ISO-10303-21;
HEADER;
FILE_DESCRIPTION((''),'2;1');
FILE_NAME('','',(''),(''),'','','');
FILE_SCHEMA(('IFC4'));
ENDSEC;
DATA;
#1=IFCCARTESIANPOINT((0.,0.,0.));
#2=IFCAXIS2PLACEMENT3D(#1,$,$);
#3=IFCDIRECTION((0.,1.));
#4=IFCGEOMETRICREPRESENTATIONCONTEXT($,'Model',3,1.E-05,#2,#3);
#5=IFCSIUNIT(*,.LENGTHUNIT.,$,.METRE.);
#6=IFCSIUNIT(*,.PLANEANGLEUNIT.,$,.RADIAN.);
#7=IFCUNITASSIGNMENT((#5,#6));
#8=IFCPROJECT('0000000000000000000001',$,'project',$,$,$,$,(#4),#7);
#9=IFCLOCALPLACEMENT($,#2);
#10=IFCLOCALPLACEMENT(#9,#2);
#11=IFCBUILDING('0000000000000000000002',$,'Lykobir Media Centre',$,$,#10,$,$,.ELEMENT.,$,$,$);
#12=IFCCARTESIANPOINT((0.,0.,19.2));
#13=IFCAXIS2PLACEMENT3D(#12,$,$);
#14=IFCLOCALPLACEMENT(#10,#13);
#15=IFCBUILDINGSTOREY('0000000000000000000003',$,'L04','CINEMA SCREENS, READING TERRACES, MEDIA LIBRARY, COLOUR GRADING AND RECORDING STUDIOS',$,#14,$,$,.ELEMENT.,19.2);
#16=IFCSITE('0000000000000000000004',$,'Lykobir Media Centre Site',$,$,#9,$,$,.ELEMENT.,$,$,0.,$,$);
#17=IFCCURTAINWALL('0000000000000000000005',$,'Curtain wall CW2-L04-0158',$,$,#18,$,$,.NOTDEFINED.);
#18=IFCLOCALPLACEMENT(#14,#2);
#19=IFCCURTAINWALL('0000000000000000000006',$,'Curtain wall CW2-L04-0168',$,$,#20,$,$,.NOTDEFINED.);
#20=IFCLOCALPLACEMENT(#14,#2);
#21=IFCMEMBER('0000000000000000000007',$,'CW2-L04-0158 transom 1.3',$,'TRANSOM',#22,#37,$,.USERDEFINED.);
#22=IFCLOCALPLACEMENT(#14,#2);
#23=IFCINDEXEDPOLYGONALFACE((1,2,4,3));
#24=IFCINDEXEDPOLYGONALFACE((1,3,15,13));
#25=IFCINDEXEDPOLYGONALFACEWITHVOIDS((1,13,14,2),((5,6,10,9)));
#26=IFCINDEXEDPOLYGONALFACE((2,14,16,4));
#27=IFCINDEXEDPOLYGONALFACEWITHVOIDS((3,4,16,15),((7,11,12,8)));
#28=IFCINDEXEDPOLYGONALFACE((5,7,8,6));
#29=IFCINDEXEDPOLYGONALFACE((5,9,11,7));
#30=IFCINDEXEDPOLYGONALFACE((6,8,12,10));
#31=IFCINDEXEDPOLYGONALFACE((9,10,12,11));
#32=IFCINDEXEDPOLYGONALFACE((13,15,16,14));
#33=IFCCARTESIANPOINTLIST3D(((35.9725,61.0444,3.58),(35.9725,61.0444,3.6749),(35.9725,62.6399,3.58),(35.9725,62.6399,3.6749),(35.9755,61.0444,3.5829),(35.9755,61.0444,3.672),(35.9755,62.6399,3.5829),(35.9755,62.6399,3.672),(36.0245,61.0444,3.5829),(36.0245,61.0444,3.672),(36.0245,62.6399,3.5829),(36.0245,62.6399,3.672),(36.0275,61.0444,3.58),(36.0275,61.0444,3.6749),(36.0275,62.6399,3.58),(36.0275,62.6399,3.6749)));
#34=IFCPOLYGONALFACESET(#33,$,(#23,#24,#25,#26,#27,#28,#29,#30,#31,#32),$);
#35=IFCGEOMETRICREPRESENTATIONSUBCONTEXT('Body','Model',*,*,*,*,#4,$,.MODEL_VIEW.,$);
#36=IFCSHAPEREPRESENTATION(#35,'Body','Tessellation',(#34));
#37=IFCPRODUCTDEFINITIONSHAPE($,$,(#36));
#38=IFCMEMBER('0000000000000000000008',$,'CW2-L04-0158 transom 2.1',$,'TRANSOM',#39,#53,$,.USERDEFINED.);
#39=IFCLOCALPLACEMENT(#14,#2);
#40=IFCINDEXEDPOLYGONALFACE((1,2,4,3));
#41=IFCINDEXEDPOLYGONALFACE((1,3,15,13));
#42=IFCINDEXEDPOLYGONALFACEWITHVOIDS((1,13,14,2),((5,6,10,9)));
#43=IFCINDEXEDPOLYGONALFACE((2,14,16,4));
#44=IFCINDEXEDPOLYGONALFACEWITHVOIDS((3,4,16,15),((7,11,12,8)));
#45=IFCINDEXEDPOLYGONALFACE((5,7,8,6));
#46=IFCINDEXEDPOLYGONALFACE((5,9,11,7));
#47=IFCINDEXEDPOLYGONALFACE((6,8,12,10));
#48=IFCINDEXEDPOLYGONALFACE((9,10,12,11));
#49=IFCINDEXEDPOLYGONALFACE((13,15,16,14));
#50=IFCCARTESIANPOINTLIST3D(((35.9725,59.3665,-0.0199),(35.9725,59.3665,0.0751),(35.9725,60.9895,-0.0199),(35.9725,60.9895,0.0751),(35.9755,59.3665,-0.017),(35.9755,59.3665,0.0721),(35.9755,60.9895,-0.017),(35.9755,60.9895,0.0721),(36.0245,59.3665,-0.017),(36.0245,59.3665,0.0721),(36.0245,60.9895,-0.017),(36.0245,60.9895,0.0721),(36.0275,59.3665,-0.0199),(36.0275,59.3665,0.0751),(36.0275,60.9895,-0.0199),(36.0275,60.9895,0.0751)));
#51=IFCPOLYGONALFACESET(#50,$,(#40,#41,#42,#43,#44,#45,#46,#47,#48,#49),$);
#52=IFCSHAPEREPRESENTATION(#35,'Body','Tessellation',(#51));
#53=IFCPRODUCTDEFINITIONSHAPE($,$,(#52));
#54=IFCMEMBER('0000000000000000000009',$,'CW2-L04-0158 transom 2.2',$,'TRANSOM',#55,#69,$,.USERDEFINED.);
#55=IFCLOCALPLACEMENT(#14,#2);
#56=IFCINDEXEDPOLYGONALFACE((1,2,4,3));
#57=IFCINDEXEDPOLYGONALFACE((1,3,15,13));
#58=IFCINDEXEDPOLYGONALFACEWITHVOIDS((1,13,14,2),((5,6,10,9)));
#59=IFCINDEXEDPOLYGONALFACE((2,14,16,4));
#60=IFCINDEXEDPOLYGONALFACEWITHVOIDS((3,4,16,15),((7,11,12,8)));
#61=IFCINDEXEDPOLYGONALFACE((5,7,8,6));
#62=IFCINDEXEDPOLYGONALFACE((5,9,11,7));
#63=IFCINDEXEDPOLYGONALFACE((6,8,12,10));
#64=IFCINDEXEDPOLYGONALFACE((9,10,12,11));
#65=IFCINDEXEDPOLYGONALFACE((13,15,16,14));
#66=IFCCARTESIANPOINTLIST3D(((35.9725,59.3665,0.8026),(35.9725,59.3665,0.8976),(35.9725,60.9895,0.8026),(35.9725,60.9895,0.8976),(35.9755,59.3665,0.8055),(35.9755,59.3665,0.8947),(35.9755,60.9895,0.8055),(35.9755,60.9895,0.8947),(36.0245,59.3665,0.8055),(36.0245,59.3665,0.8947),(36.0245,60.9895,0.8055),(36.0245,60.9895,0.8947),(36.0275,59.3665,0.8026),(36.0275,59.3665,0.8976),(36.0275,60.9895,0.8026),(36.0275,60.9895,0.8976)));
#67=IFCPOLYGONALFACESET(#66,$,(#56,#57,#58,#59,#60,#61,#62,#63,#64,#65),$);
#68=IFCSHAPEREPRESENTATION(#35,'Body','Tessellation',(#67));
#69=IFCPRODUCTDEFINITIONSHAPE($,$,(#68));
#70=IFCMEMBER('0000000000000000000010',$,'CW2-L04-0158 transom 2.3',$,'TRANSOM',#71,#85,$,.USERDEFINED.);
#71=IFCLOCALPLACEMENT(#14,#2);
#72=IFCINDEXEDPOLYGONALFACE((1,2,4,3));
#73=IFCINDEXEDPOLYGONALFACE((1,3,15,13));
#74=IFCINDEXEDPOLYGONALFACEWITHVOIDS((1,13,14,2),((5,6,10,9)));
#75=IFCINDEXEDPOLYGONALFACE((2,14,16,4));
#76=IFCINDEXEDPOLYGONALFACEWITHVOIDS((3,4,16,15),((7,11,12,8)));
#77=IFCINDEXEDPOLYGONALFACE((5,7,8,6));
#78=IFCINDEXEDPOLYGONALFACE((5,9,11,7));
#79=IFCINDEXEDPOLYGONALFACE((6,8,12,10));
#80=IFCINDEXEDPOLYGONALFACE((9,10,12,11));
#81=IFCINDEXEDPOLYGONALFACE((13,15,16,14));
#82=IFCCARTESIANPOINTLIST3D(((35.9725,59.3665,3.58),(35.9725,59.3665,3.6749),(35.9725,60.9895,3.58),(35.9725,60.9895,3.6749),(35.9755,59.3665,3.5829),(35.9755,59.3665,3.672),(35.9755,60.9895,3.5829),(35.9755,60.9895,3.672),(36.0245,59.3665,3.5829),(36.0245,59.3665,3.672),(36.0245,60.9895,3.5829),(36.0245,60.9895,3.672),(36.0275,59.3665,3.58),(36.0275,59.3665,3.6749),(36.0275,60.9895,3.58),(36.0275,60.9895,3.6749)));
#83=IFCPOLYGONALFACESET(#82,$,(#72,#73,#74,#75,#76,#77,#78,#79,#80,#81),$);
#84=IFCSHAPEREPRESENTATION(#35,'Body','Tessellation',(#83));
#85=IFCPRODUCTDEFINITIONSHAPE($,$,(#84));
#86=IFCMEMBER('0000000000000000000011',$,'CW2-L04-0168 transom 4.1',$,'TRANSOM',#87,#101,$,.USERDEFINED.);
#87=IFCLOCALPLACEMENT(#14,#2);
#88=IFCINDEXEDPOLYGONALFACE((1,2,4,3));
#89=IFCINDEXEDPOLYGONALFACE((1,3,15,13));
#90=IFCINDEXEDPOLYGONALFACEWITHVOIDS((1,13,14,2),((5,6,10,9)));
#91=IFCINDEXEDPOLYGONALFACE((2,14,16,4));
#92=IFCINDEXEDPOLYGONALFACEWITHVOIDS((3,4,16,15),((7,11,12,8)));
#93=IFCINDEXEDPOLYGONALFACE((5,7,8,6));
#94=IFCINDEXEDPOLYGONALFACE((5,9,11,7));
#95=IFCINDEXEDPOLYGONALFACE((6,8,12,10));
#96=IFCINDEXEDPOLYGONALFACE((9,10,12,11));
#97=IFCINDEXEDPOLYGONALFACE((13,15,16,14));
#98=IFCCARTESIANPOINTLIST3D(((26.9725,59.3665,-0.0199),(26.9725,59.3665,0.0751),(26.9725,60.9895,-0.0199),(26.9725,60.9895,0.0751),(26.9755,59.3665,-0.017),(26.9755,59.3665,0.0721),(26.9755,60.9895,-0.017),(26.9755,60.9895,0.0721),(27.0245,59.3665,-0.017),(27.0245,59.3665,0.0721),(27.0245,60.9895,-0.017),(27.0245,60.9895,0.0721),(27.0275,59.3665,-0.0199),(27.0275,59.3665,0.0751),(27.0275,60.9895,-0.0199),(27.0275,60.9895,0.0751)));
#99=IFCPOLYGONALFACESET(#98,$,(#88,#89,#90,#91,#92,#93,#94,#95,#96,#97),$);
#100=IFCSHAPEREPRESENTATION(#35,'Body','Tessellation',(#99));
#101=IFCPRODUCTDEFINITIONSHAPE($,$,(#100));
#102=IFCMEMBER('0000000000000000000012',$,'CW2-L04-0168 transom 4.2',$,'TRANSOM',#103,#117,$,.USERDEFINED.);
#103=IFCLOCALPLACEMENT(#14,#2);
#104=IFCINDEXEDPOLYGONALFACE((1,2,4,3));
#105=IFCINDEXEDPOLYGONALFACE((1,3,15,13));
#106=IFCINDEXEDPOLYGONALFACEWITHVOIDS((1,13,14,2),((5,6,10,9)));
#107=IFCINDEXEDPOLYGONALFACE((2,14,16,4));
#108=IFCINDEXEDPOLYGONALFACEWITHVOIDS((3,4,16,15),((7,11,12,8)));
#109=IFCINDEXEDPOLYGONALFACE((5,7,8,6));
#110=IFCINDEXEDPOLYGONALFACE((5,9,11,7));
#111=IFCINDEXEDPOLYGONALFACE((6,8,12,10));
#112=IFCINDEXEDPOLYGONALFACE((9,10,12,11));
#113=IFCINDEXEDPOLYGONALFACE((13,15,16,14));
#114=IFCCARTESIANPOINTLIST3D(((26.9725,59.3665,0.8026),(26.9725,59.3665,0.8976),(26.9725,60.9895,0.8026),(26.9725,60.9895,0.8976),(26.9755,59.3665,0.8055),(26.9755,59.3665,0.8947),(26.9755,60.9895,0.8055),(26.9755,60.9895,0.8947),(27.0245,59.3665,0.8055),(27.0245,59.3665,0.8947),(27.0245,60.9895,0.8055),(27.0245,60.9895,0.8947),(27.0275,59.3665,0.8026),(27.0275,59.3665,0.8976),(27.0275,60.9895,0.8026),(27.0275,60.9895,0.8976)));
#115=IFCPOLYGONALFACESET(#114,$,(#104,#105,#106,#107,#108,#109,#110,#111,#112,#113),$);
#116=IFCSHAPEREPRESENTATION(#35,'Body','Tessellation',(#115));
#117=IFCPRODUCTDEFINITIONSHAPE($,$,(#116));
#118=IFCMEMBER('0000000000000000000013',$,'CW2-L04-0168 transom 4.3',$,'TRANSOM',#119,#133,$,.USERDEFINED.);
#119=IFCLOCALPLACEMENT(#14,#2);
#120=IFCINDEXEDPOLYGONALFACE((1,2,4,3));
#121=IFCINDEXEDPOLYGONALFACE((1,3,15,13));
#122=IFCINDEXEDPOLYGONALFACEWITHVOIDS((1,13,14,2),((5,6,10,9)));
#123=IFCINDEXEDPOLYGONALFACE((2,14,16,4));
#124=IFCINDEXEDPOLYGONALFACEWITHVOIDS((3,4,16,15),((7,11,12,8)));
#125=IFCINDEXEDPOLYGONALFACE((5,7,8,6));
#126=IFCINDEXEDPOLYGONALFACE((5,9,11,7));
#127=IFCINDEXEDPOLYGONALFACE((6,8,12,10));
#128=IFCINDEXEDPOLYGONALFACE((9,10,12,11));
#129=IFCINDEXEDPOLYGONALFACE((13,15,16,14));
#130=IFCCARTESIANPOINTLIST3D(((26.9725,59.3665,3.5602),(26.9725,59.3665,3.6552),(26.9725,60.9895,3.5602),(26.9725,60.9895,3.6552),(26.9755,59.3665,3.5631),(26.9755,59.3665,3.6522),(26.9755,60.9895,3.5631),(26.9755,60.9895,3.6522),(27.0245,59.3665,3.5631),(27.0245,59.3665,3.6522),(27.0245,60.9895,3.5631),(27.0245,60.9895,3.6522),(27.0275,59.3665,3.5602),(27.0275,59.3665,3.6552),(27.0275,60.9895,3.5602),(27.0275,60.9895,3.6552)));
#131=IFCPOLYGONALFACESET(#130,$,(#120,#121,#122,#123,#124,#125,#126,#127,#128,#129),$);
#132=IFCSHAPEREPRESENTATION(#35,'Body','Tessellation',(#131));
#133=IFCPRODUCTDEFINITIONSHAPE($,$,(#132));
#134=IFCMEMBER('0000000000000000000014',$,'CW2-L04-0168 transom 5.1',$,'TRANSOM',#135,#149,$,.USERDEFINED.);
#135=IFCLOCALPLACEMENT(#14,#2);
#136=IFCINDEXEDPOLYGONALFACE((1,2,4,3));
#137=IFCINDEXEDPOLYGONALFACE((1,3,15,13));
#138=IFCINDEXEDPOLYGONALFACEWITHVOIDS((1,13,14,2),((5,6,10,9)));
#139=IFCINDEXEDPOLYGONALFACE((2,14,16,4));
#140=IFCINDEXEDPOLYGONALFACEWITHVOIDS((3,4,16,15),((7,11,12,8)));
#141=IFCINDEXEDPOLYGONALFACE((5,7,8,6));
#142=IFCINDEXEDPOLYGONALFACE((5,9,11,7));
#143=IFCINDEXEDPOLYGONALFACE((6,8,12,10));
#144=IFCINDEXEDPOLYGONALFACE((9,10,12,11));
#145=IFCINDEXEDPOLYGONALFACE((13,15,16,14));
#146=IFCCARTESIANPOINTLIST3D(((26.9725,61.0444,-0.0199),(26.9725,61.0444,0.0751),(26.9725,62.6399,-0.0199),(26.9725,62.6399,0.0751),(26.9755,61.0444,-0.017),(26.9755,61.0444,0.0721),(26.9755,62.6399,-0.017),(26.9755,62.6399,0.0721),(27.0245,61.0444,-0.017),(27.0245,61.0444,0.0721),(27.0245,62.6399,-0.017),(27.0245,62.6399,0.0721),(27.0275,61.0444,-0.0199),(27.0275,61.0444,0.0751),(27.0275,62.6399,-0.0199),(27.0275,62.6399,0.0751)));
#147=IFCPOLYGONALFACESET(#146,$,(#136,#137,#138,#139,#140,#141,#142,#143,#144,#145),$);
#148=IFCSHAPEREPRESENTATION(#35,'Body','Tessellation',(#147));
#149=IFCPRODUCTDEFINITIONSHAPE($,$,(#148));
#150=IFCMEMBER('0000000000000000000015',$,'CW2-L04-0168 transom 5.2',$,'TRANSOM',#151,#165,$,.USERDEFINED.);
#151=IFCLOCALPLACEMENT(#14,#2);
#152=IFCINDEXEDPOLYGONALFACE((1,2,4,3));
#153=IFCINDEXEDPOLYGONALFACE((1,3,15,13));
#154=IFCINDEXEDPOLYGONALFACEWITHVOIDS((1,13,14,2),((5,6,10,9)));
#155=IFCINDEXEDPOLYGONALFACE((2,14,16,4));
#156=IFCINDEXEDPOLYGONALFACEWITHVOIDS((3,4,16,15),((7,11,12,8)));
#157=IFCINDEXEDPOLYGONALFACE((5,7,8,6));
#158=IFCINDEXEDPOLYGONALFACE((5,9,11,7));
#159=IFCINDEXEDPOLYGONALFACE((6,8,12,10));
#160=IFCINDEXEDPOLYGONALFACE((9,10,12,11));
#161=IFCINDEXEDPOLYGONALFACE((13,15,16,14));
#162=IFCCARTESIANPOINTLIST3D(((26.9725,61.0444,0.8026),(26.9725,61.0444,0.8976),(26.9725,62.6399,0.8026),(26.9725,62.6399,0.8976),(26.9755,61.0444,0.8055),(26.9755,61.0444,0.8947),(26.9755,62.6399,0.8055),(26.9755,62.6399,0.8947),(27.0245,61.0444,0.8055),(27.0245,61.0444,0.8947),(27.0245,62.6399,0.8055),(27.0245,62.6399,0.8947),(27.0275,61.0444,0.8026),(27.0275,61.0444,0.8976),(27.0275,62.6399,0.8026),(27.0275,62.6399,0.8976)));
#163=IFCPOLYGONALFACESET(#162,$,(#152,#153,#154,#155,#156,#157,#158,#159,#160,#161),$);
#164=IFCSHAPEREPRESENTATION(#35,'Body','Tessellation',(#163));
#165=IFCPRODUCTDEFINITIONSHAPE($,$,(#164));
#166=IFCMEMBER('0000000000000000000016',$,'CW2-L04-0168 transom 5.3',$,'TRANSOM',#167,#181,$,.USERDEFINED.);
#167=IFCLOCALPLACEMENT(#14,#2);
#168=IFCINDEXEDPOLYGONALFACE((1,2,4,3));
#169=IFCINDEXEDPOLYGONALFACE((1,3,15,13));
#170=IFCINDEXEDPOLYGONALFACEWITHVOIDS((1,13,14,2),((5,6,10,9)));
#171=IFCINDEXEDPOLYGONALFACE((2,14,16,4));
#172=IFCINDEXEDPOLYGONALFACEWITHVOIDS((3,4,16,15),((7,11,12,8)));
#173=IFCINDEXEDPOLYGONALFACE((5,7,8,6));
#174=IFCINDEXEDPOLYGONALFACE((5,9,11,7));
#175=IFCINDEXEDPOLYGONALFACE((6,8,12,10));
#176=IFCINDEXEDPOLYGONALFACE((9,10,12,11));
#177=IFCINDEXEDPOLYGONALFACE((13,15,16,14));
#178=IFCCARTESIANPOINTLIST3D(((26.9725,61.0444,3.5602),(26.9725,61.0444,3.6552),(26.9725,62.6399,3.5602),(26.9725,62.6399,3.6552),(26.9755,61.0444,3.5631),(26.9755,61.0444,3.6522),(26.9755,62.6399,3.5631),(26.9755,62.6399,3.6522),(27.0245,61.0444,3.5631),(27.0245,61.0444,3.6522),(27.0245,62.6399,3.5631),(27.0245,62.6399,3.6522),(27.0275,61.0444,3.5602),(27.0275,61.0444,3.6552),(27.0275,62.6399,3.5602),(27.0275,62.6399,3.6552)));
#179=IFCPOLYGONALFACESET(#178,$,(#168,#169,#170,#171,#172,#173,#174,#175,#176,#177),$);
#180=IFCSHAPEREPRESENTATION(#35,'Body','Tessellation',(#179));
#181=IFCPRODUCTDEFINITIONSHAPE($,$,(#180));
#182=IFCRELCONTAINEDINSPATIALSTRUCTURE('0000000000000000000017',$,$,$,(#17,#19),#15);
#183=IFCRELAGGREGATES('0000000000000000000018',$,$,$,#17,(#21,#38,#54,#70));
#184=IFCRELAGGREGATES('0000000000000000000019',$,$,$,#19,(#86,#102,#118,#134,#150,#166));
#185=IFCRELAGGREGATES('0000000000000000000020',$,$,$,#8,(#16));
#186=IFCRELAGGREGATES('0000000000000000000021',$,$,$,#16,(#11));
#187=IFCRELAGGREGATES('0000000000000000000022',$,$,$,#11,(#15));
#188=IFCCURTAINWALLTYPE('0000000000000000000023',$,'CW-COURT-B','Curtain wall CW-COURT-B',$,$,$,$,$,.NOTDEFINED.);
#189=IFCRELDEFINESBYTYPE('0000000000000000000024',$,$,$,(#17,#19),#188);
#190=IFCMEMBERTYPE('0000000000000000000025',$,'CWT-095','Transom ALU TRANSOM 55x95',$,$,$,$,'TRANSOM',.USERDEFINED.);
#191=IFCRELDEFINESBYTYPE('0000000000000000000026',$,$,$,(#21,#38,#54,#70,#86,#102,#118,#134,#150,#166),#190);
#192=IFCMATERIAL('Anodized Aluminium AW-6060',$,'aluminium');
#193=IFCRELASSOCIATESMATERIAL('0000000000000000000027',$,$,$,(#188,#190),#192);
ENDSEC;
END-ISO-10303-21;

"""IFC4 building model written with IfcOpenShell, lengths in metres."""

from ifc_helpers import new_model, si_unit, direction, frame, origin, origin_2d, place, context, subcontext, project, spatial, hollow_rectangle, extrude, material, material_profile, profile_set, type_object, element, aggregate, save


model = new_model("IFC4")

# Units and contexts
model_context = context("Model", 3, precision=1e-05, world=origin(), true_north=direction((0.0, 1.0)))
body_context = subcontext(model_context, "Body", "Model", "MODEL_VIEW")
ifc_project = project(units=[si_unit("LENGTHUNIT", "METRE"), si_unit("PLANEANGLEUNIT", "RADIAN")], contexts=[model_context])

# Site, building, storey
site_placement = place(None, origin())
site = spatial("IfcSite", under=ifc_project, at=site_placement, Name="Lykobir Media Centre Site", CompositionType="ELEMENT", RefElevation=0.0)
building_placement = place(site_placement, origin())
building = spatial("IfcBuilding", under=site, at=building_placement, Name="Lykobir Media Centre", CompositionType="ELEMENT")
storey_placement = place(building_placement, frame((0.0, 0.0, 19.2)))
storey = spatial("IfcBuildingStorey", under=building, at=storey_placement, Name="L04", Description="CINEMA SCREENS, READING TERRACES, MEDIA LIBRARY, COLOUR GRADING AND RECORDING STUDIOS", CompositionType="ELEMENT", Elevation=19.2)

# Curtain walls
ifc_material_1 = material(Name="Anodized Aluminium AW-6060", Category="aluminium")
curtain_wall_type = type_object("IfcCurtainWallType", Name="CW-COURT-B", Description="Curtain wall CW-COURT-B", PredefinedType="NOTDEFINED", material=ifc_material_1)
curtain_wall_1_placement = place(storey_placement, origin())
curtain_wall_1 = element("IfcCurtainWall", 1, at=curtain_wall_1_placement, inside=storey, type_object=curtain_wall_type, Name="Curtain wall CW2-L04-0158", PredefinedType="NOTDEFINED")
curtain_wall_2_placement = place(storey_placement, origin())
curtain_wall_2 = element("IfcCurtainWall", 2, at=curtain_wall_2_placement, inside=storey, type_object=curtain_wall_type, Name="Curtain wall CW2-L04-0168", PredefinedType="NOTDEFINED")

# Members
ifc_material_profile_1 = material_profile(ifc_material_1, hollow_rectangle(XDim=0.0549, YDim=0.095, WallThickness=0.0029, at=origin_2d()), Name="ALU TRANSOM 55x95")
ifc_profile_set_1 = profile_set([ifc_material_profile_1], Name="Anodized Aluminium AW-6060")
member_type_1 = type_object("IfcMemberType", Name="CWT-095", Description="Transom ALU TRANSOM 55x95", ElementType="TRANSOM", PredefinedType="USERDEFINED", material=ifc_profile_set_1)
member_1_placement = place(storey_placement, frame((36.0, 62.6399, 3.6274), z_axis=(0.0, -1.0, 0.0), x_axis=(1.0, 0.0, 0.0)))
member_1 = element("IfcMember", 3, at=member_1_placement, type_object=member_type_1, Name="CW2-L04-0158 transom 1.3", ObjectType="TRANSOM", PredefinedType="USERDEFINED", context=body_context, shape_type="SweptSolid", body=[
    extrude(hollow_rectangle(XDim=0.0549, YDim=0.095, WallThickness=0.0029, at=origin_2d()), origin(), (0.0, 0.0, 1.0), 1.5955),
])
member_2_placement = place(storey_placement, frame((36.0, 60.9895, 0.0276), z_axis=(0.0, -1.0, 0.0), x_axis=(1.0, 0.0, 0.0)))
member_2 = element("IfcMember", 4, at=member_2_placement, type_object=member_type_1, Name="CW2-L04-0158 transom 2.1", ObjectType="TRANSOM", PredefinedType="USERDEFINED", context=body_context, shape_type="SweptSolid", body=[
    extrude(hollow_rectangle(XDim=0.0549, YDim=0.095, WallThickness=0.0029, at=origin_2d()), origin(), (0.0, 0.0, 1.0), 1.623),
])
member_3_placement = place(storey_placement, frame((36.0, 60.9895, 0.8501), z_axis=(0.0, -1.0, 0.0), x_axis=(1.0, 0.0, 0.0)))
member_3 = element("IfcMember", 5, at=member_3_placement, type_object=member_type_1, Name="CW2-L04-0158 transom 2.2", ObjectType="TRANSOM", PredefinedType="USERDEFINED", context=body_context, shape_type="SweptSolid", body=[
    extrude(hollow_rectangle(XDim=0.0549, YDim=0.095, WallThickness=0.0029, at=origin_2d()), origin(), (0.0, 0.0, 1.0), 1.623),
])
member_4_placement = place(storey_placement, frame((36.0, 60.9895, 3.6274), z_axis=(0.0, -1.0, 0.0), x_axis=(1.0, 0.0, 0.0)))
member_4 = element("IfcMember", 6, at=member_4_placement, type_object=member_type_1, Name="CW2-L04-0158 transom 2.3", ObjectType="TRANSOM", PredefinedType="USERDEFINED", context=body_context, shape_type="SweptSolid", body=[
    extrude(hollow_rectangle(XDim=0.0549, YDim=0.095, WallThickness=0.0029, at=origin_2d()), origin(), (0.0, 0.0, 1.0), 1.623),
])
member_5_placement = place(storey_placement, frame((27.0, 59.3665, 0.0276), z_axis=(0.0, 1.0, 0.0), x_axis=(-1.0, 0.0, 0.0)))
member_5 = element("IfcMember", 7, at=member_5_placement, type_object=member_type_1, Name="CW2-L04-0168 transom 4.1", ObjectType="TRANSOM", PredefinedType="USERDEFINED", context=body_context, shape_type="SweptSolid", body=[
    extrude(hollow_rectangle(XDim=0.0549, YDim=0.095, WallThickness=0.0029, at=origin_2d()), origin(), (0.0, 0.0, 1.0), 1.623),
])
member_6_placement = place(storey_placement, frame((27.0, 59.3665, 0.8501), z_axis=(0.0, 1.0, 0.0), x_axis=(-1.0, 0.0, 0.0)))
member_6 = element("IfcMember", 8, at=member_6_placement, type_object=member_type_1, Name="CW2-L04-0168 transom 4.2", ObjectType="TRANSOM", PredefinedType="USERDEFINED", context=body_context, shape_type="SweptSolid", body=[
    extrude(hollow_rectangle(XDim=0.0549, YDim=0.095, WallThickness=0.0029, at=origin_2d()), origin(), (0.0, 0.0, 1.0), 1.623),
])
member_7_placement = place(storey_placement, frame((27.0, 59.3665, 3.6077), z_axis=(0.0, 1.0, 0.0), x_axis=(-1.0, 0.0, 0.0)))
member_7 = element("IfcMember", 9, at=member_7_placement, type_object=member_type_1, Name="CW2-L04-0168 transom 4.3", ObjectType="TRANSOM", PredefinedType="USERDEFINED", context=body_context, shape_type="SweptSolid", body=[
    extrude(hollow_rectangle(XDim=0.0549, YDim=0.095, WallThickness=0.0029, at=origin_2d()), origin(), (0.0, 0.0, 1.0), 1.623),
])
member_8_placement = place(storey_placement, frame((27.0, 61.0444, 0.0276), z_axis=(0.0, 1.0, 0.0), x_axis=(-1.0, 0.0, 0.0)))
member_8 = element("IfcMember", 10, at=member_8_placement, type_object=member_type_1, Name="CW2-L04-0168 transom 5.1", ObjectType="TRANSOM", PredefinedType="USERDEFINED", context=body_context, shape_type="SweptSolid", body=[
    extrude(hollow_rectangle(XDim=0.0549, YDim=0.095, WallThickness=0.0029, at=origin_2d()), origin(), (0.0, 0.0, 1.0), 1.5955),
])
member_9_placement = place(storey_placement, frame((27.0, 61.0444, 0.8501), z_axis=(0.0, 1.0, 0.0), x_axis=(-1.0, 0.0, 0.0)))
member_9 = element("IfcMember", 11, at=member_9_placement, type_object=member_type_1, Name="CW2-L04-0168 transom 5.2", ObjectType="TRANSOM", PredefinedType="USERDEFINED", context=body_context, shape_type="SweptSolid", body=[
    extrude(hollow_rectangle(XDim=0.0549, YDim=0.095, WallThickness=0.0029, at=origin_2d()), origin(), (0.0, 0.0, 1.0), 1.5955),
])
member_10_placement = place(storey_placement, frame((27.0, 61.0444, 3.6077), z_axis=(0.0, 1.0, 0.0), x_axis=(-1.0, 0.0, 0.0)))
member_10 = element("IfcMember", 12, at=member_10_placement, type_object=member_type_1, Name="CW2-L04-0168 transom 5.3", ObjectType="TRANSOM", PredefinedType="USERDEFINED", context=body_context, shape_type="SweptSolid", body=[
    extrude(hollow_rectangle(XDim=0.0549, YDim=0.095, WallThickness=0.0029, at=origin_2d()), origin(), (0.0, 0.0, 1.0), 1.5955),
])

aggregate(curtain_wall_1, [member_1, member_2, member_3, member_4])
aggregate(curtain_wall_2, [member_5, member_6, member_7, member_8, member_9, member_10])

save(model, "model.ifc")
